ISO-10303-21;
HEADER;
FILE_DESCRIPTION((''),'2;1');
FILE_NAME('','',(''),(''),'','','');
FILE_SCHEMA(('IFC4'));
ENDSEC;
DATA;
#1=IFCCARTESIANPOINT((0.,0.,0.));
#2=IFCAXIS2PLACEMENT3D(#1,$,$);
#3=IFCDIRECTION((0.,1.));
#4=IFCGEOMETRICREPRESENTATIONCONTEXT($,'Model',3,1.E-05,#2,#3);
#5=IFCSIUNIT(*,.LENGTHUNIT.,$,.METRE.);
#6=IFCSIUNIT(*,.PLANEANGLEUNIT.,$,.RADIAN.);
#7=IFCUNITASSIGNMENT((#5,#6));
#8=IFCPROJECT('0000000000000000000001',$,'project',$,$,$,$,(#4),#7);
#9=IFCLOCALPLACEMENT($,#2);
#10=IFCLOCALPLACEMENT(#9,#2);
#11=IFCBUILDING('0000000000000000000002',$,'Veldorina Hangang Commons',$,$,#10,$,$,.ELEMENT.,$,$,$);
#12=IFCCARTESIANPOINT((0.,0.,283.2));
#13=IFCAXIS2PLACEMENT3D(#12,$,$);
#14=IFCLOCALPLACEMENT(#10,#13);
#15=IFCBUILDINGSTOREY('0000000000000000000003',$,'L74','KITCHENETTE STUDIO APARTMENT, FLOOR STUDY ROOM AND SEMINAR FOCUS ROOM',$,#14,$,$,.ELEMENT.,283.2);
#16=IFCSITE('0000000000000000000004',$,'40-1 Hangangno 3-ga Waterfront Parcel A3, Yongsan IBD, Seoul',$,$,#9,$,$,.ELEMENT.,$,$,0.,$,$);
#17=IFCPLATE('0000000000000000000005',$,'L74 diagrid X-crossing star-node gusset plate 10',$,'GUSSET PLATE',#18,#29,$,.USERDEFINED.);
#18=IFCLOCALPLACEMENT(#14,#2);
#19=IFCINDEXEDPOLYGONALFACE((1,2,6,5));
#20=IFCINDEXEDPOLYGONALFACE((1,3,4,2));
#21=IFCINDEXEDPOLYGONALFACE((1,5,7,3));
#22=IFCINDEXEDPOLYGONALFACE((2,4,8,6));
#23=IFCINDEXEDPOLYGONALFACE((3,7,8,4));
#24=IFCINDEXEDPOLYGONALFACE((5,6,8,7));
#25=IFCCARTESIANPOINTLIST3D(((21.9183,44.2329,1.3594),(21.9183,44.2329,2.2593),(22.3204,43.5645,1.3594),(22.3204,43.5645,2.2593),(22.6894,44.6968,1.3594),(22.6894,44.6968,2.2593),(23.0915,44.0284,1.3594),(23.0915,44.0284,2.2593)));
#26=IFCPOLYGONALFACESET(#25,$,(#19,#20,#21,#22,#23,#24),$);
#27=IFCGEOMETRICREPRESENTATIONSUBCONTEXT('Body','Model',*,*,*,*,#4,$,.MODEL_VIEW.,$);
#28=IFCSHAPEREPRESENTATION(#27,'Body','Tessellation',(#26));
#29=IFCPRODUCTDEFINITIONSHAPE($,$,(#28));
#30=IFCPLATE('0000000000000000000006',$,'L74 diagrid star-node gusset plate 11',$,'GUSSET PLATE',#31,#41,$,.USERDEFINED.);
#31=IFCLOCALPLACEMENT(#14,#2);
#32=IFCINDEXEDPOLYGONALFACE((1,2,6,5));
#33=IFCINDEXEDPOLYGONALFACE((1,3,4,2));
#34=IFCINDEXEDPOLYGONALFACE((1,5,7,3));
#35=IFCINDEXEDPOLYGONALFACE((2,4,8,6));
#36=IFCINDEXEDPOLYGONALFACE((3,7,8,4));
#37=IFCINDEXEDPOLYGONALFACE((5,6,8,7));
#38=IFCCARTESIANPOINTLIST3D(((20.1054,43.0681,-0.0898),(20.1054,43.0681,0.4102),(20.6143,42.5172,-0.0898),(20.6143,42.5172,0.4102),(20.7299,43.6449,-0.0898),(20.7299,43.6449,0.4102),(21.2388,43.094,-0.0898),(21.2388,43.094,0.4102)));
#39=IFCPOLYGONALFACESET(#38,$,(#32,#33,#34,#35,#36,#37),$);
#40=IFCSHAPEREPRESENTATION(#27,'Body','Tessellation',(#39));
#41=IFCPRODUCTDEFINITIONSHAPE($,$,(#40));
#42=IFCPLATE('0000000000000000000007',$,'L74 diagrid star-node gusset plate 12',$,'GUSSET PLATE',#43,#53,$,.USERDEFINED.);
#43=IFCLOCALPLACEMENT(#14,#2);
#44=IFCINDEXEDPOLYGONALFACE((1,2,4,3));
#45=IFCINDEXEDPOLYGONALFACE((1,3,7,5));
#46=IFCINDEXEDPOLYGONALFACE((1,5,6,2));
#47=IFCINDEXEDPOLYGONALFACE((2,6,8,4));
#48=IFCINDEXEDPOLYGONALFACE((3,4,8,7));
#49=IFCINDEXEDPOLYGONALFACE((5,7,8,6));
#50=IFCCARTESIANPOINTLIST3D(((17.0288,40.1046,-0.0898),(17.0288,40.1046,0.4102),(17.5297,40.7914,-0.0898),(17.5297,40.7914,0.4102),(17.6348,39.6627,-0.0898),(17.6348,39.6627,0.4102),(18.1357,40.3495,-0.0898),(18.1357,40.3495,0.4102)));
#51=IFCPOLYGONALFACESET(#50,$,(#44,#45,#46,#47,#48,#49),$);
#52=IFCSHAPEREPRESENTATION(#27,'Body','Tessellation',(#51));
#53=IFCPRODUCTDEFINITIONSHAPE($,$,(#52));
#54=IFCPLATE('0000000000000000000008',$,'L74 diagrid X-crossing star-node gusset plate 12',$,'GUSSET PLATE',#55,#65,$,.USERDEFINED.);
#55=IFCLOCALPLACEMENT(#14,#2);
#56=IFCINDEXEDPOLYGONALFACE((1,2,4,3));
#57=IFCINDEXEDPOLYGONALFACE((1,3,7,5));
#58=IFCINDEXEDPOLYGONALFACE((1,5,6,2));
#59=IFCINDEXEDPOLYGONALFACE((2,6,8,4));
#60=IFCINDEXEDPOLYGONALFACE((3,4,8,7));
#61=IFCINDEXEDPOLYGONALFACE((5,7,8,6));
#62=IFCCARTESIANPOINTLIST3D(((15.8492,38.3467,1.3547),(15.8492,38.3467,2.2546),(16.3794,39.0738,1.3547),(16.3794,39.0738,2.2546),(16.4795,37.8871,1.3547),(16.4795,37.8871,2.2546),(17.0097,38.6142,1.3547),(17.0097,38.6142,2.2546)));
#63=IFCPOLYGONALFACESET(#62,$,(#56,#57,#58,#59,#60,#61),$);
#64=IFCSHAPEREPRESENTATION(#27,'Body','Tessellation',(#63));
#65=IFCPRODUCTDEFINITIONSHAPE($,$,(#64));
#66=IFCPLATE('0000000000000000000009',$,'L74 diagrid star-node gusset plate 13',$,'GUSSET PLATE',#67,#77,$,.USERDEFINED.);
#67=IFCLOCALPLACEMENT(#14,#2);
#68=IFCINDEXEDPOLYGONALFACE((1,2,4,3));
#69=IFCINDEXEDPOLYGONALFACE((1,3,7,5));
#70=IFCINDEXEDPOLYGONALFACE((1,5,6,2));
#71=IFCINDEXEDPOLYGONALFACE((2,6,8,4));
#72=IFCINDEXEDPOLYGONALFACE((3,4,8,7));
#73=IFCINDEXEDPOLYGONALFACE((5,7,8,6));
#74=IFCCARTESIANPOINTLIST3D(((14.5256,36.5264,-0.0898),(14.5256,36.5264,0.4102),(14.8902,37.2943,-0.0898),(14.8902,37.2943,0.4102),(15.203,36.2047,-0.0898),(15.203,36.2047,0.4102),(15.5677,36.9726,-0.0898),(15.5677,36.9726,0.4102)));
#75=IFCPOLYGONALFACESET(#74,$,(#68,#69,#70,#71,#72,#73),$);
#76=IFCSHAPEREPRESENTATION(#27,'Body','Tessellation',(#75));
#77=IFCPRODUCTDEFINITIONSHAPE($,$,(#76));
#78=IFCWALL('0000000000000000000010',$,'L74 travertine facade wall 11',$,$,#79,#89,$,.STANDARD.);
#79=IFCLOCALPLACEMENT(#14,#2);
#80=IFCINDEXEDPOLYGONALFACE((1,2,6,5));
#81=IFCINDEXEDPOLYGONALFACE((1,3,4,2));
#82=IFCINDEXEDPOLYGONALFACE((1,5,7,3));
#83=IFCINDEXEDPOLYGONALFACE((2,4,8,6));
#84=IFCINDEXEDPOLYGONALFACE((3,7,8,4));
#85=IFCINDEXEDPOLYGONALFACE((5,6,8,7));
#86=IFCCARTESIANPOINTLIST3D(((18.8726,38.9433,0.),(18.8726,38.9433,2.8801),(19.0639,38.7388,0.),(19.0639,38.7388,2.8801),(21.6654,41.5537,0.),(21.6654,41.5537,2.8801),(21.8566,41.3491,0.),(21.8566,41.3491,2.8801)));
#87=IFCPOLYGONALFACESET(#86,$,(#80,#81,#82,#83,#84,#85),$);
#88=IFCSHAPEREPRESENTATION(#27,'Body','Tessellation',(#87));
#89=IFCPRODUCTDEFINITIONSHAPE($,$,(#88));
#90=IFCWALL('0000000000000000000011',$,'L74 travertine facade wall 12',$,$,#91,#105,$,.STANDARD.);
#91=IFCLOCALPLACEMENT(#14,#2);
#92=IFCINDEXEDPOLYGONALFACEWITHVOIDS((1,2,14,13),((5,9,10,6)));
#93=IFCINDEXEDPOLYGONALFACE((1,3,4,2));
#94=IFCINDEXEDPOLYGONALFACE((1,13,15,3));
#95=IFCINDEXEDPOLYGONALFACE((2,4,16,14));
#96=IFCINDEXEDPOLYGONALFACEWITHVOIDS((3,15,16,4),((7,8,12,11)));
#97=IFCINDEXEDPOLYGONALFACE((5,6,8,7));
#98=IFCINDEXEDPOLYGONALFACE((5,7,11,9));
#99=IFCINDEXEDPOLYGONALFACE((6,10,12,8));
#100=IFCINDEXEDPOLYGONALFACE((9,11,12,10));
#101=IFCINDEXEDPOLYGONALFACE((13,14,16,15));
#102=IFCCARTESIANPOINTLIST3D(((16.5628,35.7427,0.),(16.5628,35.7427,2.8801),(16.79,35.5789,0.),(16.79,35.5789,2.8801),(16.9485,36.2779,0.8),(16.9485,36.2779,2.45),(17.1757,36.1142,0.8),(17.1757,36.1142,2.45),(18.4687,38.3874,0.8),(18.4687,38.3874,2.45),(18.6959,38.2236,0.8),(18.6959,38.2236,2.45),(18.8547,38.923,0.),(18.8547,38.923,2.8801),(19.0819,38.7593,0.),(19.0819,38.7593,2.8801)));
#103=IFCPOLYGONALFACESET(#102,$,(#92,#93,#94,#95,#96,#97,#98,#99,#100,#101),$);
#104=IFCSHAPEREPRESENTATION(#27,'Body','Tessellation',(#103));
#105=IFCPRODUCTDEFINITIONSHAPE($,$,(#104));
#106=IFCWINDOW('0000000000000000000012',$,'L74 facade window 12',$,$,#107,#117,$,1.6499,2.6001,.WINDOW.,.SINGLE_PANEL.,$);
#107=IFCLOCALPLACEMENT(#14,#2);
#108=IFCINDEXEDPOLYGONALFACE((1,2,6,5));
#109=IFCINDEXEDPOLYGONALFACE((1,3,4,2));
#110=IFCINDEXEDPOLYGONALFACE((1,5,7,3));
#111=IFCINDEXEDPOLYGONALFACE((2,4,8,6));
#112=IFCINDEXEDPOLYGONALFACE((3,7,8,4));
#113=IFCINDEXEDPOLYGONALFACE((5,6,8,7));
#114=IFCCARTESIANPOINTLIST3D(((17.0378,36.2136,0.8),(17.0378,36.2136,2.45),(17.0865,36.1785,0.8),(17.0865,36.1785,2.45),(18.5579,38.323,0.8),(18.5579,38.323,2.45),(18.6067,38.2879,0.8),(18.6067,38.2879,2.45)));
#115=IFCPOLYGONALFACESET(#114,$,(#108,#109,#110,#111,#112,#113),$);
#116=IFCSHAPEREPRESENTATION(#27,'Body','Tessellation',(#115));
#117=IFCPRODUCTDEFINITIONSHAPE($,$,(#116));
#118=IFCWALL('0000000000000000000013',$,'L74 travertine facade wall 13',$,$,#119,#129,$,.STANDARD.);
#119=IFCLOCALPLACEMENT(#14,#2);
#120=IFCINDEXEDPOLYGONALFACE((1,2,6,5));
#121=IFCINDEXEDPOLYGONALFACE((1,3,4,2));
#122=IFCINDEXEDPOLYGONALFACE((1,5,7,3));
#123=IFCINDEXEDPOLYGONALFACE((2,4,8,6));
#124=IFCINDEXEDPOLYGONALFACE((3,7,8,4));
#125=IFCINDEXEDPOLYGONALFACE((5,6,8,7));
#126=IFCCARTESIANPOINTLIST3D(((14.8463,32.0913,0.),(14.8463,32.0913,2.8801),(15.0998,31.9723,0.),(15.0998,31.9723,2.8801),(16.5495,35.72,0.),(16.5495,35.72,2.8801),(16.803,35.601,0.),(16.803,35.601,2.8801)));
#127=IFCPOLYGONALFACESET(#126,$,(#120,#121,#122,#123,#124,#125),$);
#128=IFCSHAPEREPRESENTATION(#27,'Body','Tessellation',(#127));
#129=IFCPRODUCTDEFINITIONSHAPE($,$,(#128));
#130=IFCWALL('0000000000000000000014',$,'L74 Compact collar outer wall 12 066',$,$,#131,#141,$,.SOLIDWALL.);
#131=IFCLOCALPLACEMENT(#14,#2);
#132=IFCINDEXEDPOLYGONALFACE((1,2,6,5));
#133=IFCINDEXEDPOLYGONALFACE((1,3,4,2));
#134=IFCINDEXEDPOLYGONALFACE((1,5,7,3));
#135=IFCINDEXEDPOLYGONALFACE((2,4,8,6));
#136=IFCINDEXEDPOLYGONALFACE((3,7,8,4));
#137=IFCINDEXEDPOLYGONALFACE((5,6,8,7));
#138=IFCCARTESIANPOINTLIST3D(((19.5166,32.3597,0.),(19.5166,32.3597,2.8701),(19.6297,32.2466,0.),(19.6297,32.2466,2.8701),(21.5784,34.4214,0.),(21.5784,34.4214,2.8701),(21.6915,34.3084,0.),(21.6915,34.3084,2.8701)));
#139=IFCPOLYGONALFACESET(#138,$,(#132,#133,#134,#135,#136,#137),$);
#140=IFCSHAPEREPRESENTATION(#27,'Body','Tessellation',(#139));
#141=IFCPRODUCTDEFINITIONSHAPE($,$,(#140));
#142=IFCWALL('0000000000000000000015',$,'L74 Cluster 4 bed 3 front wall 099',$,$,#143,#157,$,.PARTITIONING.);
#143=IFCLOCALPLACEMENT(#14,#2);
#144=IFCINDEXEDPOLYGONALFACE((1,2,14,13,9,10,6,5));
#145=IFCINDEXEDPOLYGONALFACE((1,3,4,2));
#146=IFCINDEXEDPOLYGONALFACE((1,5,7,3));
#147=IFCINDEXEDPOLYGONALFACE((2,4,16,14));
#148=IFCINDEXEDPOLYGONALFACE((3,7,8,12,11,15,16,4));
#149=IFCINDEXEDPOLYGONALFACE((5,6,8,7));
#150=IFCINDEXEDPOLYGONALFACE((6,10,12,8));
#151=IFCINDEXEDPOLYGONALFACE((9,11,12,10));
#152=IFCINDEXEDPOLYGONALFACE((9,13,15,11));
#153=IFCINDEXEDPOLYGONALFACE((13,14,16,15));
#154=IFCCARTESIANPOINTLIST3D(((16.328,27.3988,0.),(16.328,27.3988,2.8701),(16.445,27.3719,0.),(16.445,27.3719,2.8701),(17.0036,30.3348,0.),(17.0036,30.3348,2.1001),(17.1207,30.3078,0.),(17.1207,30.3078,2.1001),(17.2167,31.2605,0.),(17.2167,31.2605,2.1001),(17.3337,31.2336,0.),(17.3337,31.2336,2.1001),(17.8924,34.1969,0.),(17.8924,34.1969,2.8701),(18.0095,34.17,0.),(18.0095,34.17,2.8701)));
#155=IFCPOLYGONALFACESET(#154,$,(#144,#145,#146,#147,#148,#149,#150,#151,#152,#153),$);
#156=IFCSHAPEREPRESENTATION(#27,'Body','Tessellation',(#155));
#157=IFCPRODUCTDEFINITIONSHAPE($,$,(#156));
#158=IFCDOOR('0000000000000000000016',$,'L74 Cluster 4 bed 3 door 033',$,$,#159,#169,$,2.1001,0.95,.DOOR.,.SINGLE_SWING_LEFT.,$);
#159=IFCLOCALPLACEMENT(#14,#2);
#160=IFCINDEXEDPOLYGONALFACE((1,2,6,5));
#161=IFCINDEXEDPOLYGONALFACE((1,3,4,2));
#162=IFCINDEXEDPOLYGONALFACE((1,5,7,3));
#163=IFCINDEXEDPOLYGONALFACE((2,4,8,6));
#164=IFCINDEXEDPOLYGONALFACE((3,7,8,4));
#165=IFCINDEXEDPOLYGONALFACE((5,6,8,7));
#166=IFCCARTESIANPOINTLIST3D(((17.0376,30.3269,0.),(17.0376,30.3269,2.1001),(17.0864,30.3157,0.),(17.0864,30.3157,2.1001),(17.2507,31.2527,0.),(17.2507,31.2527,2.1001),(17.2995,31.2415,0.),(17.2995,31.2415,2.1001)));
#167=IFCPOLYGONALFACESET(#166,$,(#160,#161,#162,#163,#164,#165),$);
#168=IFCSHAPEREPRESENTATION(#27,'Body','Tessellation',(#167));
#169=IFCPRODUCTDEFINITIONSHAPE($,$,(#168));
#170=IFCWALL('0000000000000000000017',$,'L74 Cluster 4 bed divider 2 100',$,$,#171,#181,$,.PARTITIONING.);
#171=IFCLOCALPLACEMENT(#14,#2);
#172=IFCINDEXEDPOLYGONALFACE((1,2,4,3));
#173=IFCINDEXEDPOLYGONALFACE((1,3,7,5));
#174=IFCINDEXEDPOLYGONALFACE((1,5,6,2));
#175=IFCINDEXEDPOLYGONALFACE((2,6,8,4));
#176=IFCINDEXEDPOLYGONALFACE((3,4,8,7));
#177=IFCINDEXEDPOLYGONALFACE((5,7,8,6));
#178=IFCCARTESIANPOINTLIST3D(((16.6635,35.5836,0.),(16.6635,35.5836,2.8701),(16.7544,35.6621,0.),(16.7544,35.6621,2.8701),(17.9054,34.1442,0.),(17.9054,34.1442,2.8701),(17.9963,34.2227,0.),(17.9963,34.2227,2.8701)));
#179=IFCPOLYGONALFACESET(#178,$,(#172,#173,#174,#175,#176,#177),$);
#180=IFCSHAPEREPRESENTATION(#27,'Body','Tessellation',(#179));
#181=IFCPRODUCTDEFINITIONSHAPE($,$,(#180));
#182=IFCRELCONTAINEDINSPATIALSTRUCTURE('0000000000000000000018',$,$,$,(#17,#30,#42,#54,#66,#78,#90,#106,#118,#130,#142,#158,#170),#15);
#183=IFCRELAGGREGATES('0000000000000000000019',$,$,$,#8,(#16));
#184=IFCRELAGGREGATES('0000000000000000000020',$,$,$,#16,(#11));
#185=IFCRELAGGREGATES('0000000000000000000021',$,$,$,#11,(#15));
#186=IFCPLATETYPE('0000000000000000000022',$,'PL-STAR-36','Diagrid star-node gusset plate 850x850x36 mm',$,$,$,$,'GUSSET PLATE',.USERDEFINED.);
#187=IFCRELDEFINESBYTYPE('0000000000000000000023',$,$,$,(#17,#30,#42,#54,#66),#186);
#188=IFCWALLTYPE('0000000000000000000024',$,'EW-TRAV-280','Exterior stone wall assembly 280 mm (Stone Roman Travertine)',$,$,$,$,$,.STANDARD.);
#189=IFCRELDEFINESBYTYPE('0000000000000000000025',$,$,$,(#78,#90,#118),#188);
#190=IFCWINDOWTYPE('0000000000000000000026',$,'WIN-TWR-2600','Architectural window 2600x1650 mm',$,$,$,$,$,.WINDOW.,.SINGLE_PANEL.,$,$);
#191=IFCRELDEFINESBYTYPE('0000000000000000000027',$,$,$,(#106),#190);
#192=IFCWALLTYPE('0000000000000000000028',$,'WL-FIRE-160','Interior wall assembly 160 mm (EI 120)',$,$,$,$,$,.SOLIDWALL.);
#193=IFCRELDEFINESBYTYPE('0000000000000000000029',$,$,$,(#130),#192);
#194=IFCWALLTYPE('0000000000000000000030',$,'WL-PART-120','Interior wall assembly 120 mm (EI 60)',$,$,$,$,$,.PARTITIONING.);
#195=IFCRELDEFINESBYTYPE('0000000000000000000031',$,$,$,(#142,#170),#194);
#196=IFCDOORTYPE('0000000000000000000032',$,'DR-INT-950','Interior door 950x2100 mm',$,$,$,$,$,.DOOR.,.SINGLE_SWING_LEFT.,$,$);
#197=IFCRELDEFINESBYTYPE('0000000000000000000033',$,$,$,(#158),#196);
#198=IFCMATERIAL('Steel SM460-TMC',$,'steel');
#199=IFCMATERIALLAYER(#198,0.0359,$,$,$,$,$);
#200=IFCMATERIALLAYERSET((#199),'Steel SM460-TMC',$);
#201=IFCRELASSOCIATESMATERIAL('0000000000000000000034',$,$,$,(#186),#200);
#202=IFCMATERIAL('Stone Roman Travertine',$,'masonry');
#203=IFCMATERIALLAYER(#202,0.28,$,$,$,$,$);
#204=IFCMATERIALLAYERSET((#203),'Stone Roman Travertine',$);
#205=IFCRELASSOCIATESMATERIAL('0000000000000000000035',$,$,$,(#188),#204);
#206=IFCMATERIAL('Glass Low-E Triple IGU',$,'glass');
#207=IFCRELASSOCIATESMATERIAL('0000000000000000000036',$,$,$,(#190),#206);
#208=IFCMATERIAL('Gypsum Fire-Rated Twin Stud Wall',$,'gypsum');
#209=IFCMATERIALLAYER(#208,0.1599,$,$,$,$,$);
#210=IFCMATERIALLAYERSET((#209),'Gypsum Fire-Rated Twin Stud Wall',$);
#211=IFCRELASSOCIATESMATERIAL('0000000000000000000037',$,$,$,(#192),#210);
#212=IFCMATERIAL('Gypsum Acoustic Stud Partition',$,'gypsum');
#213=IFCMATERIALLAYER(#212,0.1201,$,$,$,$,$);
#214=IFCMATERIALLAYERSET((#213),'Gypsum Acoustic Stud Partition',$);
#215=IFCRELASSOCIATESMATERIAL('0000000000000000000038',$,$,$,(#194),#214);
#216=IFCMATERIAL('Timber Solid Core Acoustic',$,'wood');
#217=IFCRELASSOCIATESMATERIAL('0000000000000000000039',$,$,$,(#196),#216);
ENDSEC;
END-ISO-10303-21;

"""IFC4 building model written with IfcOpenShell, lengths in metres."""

from ifc_helpers import new_model, si_unit, direction, frame, frame_2d, origin, origin_2d, place, context, subcontext, project, spatial, rectangle, extrude, material, layer, layer_set, type_object, element, fill, save


model = new_model("IFC4")

# Units and contexts
model_context = context("Model", 3, precision=1e-05, world=origin(), true_north=direction((0.0, 1.0)))
body_context = subcontext(model_context, "Body", "Model", "MODEL_VIEW")
ifc_project = project(units=[si_unit("LENGTHUNIT", "METRE"), si_unit("PLANEANGLEUNIT", "RADIAN")], contexts=[model_context])

# Site, building, storey
site_placement = place(None, origin())
site = spatial("IfcSite", under=ifc_project, at=site_placement, Name="40-1 Hangangno 3-ga Waterfront Parcel A3, Yongsan IBD, Seoul", CompositionType="ELEMENT", RefElevation=0.0)
building_placement = place(site_placement, origin())
building = spatial("IfcBuilding", under=site, at=building_placement, Name="Veldorina Hangang Commons", CompositionType="ELEMENT")
storey_placement = place(building_placement, frame((0.0, 0.0, 283.2)))
storey = spatial("IfcBuildingStorey", under=building, at=storey_placement, Name="L74", Description="KITCHENETTE STUDIO APARTMENT, FLOOR STUDY ROOM AND SEMINAR FOCUS ROOM", CompositionType="ELEMENT", Elevation=283.2)

# Plates
ifc_material_1 = material(Name="Steel SM460-TMC", Category="steel")
ifc_layer_1 = layer(ifc_material_1, 0.0359)
ifc_layer_set_1 = layer_set([ifc_layer_1], Name="Steel SM460-TMC")
plate_type = type_object("IfcPlateType", Name="PL-STAR-36", Description="Diagrid star-node gusset plate 850x850x36 mm", ElementType="GUSSET PLATE", PredefinedType="USERDEFINED", material=ifc_layer_set_1)
plate_1_placement = place(storey_placement, frame((22.5049, 44.1306, 1.3594), z_axis=(0.0, 0.0, 1.0), x_axis=(-0.856898, -0.515487, 0.0)))
element("IfcPlate", 1, at=plate_1_placement, inside=storey, type_object=plate_type, Name="L74 diagrid X-crossing star-node gusset plate 10", ObjectType="GUSSET PLATE", PredefinedType="USERDEFINED", context=body_context, shape_type="SweptSolid", body=[
    extrude(rectangle(XDim=0.8999, YDim=0.78, at=origin_2d()), origin(), (0.0, 0.0, 1.0), 0.8999),
])
for number, where, z_axis, x_axis, name in (
    (2, (20.6721, 43.0811, -0.0898), (0.0, 0.0, 1.0), (-0.734583, -0.678519, 0.0), "L74 diagrid star-node gusset plate 11"),
    (3, (17.5823, 40.2271, -0.0898), (0.0, 0.0, 1.0), (-0.589182, -0.808, 0.0), "L74 diagrid star-node gusset plate 12"),
):
    element("IfcPlate", number, at=place(storey_placement, frame(where, z_axis=z_axis, x_axis=x_axis)), inside=storey, type_object=plate_type, Name=name, ObjectType="GUSSET PLATE", PredefinedType="USERDEFINED", context=body_context, shape_type="SweptSolid", body=[
        extrude(rectangle(XDim=0.8501, YDim=0.75, at=origin_2d()), origin(), (0.0, 0.0, 1.0), 0.5),
    ])
plate_2_placement = place(storey_placement, frame((16.4294, 38.4805, 1.3547), z_axis=(0.0, 0.0, 1.0), x_axis=(-0.589182, -0.808, 0.0)))
element("IfcPlate", 4, at=plate_2_placement, inside=storey, type_object=plate_type, Name="L74 diagrid X-crossing star-node gusset plate 12", ObjectType="GUSSET PLATE", PredefinedType="USERDEFINED", context=body_context, shape_type="SweptSolid", body=[
    extrude(rectangle(XDim=0.8999, YDim=0.78, at=origin_2d()), origin(), (0.0, 0.0, 1.0), 0.8999),
])
plate_3_placement = place(storey_placement, frame((15.0466, 36.7495, -0.0898), z_axis=(0.0, 0.0, 1.0), x_axis=(-0.428982, -0.903313, 0.0)))
element("IfcPlate", 5, at=plate_3_placement, inside=storey, type_object=plate_type, Name="L74 diagrid star-node gusset plate 13", ObjectType="GUSSET PLATE", PredefinedType="USERDEFINED", context=body_context, shape_type="SweptSolid", body=[
    extrude(rectangle(XDim=0.8501, YDim=0.75, at=origin_2d()), origin(), (0.0, 0.0, 1.0), 0.5),
])

# Wall
ifc_material_2 = material(Name="Stone Roman Travertine", Category="masonry")
ifc_layer_2 = layer(ifc_material_2, 0.28)
ifc_layer_set_2 = layer_set([ifc_layer_2], Name="Stone Roman Travertine")
wall_type_1 = type_object("IfcWallType", Name="EW-TRAV-280", Description="Exterior stone wall assembly 280 mm (Stone Roman Travertine)", PredefinedType="STANDARD", material=ifc_layer_set_2)
wall_1_placement = place(storey_placement, frame((21.761, 41.4514, 0.0), z_axis=(0.0, 0.0, 1.0), x_axis=(-0.730558, -0.682851, 0.0)))
element("IfcWall", 6, at=wall_1_placement, inside=storey, type_object=wall_type_1, Name="L74 travertine facade wall 11", PredefinedType="STANDARD", context=body_context, shape_type="SweptSolid", body=[
    extrude(rectangle(XDim=3.8228, YDim=0.28, at=frame_2d((1.9114, 0.0))), origin(), (0.0, 0.0, 1.0), 2.8801),
])

# Wall, opening, window
wall_2_placement = place(storey_placement, frame((18.9683, 38.8411, 0.0), z_axis=(0.0, 0.0, 1.0), x_axis=(-0.584656, -0.811281, 0.0)))
wall_2 = element("IfcWall", 7, at=wall_2_placement, inside=storey, type_object=wall_type_1, Name="L74 travertine facade wall 12", PredefinedType="STANDARD", context=body_context, shape_type="SweptSolid", body=[
    extrude(rectangle(XDim=3.9202, YDim=0.28, at=frame_2d((1.96, 0.0))), origin(), (0.0, 0.0, 1.0), 2.8801),
])
opening_1_placement = place(wall_2_placement, frame((0.6602, 0.0, 0.8)))
opening_1 = element("IfcOpeningElement", 8, at=opening_1_placement, cuts=wall_2, PredefinedType="OPENING", context=body_context, shape_type="SweptSolid", body=[
    extrude(rectangle(XDim=2.6001, YDim=1.6499, at=frame_2d((1.3, 0.825))), frame((0.0, 0.1499, 0.0), z_axis=(0.0, -1.0, 0.0), x_axis=(1.0, 0.0, 0.0)), (0.0, 0.0, 1.0), 0.3),
])
ifc_material_3 = material(Name="Glass Low-E Triple IGU", Category="glass")
window_type = type_object("IfcWindowType", Name="WIN-TWR-2600", Description="Architectural window 2600x1650 mm", PartitioningType="SINGLE_PANEL", PredefinedType="WINDOW", material=ifc_material_3)
window_placement = place(opening_1_placement, origin())
window = element("IfcWindow", 9, at=window_placement, inside=storey, type_object=window_type, Name="L74 facade window 12", OverallHeight=1.6499, OverallWidth=2.6001, PartitioningType="SINGLE_PANEL", PredefinedType="WINDOW", context=body_context, shape_type="SweptSolid", body=[
    extrude(rectangle(XDim=2.6001, YDim=1.6499, at=frame_2d((1.3, 0.825))), frame((0.0, 0.03, 0.0), z_axis=(0.0, -1.0, 0.0), x_axis=(1.0, 0.0, 0.0)), (0.0, 0.0, 1.0), 0.0601),
])
fill(opening_1, window)

# Walls
wall_3_placement = place(storey_placement, frame((16.6763, 35.6606, 0.0), z_axis=(0.0, 0.0, 1.0), x_axis=(-0.424882, -0.905249, 0.0)))
element("IfcWall", 10, at=wall_3_placement, inside=storey, type_object=wall_type_1, Name="L74 travertine facade wall 13", PredefinedType="STANDARD", context=body_context, shape_type="SweptSolid", body=[
    extrude(rectangle(XDim=4.0085, YDim=0.28, at=frame_2d((2.0044, 0.0))), origin(), (0.0, 0.0, 1.0), 2.8801),
])
ifc_material_4 = material(Name="Gypsum Fire-Rated Twin Stud Wall", Category="gypsum")
ifc_layer_3 = layer(ifc_material_4, 0.1599)
ifc_layer_set_3 = layer_set([ifc_layer_3], Name="Gypsum Fire-Rated Twin Stud Wall")
wall_type_2 = type_object("IfcWallType", Name="WL-FIRE-160", Description="Interior wall assembly 160 mm (EI 120)", PredefinedType="SOLIDWALL", material=ifc_layer_set_3)
wall_4_placement = place(storey_placement, frame((21.635, 34.365, 0.0), z_axis=(0.0, 0.0, 1.0), x_axis=(-0.707107, -0.707107, 0.0)))
element("IfcWall", 11, at=wall_4_placement, inside=storey, type_object=wall_type_2, Name="L74 Compact collar outer wall 12 066", PredefinedType="SOLIDWALL", context=body_context, shape_type="SweptSolid", body=[
    extrude(rectangle(XDim=2.9158, YDim=0.1599, at=frame_2d((1.458, 0.0))), origin(), (0.0, 0.0, 1.0), 2.8701),
])

# Wall, opening, door
ifc_material_5 = material(Name="Gypsum Acoustic Stud Partition", Category="gypsum")
ifc_layer_4 = layer(ifc_material_5, 0.1201)
ifc_layer_set_4 = layer_set([ifc_layer_4], Name="Gypsum Acoustic Stud Partition")
wall_type_3 = type_object("IfcWallType", Name="WL-PART-120", Description="Interior wall assembly 120 mm (EI 60)", PredefinedType="PARTITIONING", material=ifc_layer_set_4)
wall_5_placement = place(storey_placement, frame((17.9509, 34.1833, 0.0), z_axis=(0.0, 0.0, 1.0), x_axis=(-0.224269, -0.974527, 0.0)))
wall_5 = element("IfcWall", 12, at=wall_5_placement, inside=storey, type_object=wall_type_3, Name="L74 Cluster 4 bed 3 front wall 099", PredefinedType="PARTITIONING", context=body_context, shape_type="SweptSolid", body=[
    extrude(rectangle(XDim=6.9758, YDim=0.1201, at=frame_2d((3.4878, 0.0))), origin(), (0.0, 0.0, 1.0), 2.8701),
])
opening_2_placement = place(wall_5_placement, frame((3.0129, 0.0, 0.0)))
opening_2 = element("IfcOpeningElement", 13, at=opening_2_placement, cuts=wall_5, PredefinedType="OPENING", context=body_context, shape_type="SweptSolid", body=[
    extrude(rectangle(XDim=0.95, YDim=2.1001, at=frame_2d((0.4751, 1.05))), frame((0.0, 0.0701, 0.0), z_axis=(0.0, -1.0, 0.0), x_axis=(1.0, 0.0, 0.0)), (0.0, 0.0, 1.0), 0.1401),
])
ifc_material_6 = material(Name="Timber Solid Core Acoustic", Category="wood")
door_type = type_object("IfcDoorType", Name="DR-INT-950", Description="Interior door 950x2100 mm", OperationType="SINGLE_SWING_LEFT", PredefinedType="DOOR", material=ifc_material_6)
door_placement = place(opening_2_placement, origin())
door = element("IfcDoor", 14, at=door_placement, inside=storey, type_object=door_type, Name="L74 Cluster 4 bed 3 door 033", OperationType="SINGLE_SWING_LEFT", OverallHeight=2.1001, OverallWidth=0.95, PredefinedType="DOOR", context=body_context, shape_type="SweptSolid", body=[
    extrude(rectangle(XDim=0.95, YDim=2.1001, at=frame_2d((0.4751, 1.05))), frame((0.0, 0.0249, 0.0), z_axis=(0.0, -1.0, 0.0), x_axis=(1.0, 0.0, 0.0)), (0.0, 0.0, 1.0), 0.05),
])
fill(opening_2, door)

# Wall
wall_6_placement = place(storey_placement, frame((17.9509, 34.1833, 0.0), z_axis=(0.0, 0.0, 1.0), x_axis=(-0.653252, 0.757141, 0.0)))
element("IfcWall", 15, at=wall_6_placement, inside=storey, type_object=wall_type_3, Name="L74 Cluster 4 bed divider 2 100", PredefinedType="PARTITIONING", context=body_context, shape_type="SweptSolid", body=[
    extrude(rectangle(XDim=1.9011, YDim=0.1201, at=frame_2d((0.9507, 0.0))), origin(), (0.0, 0.0, 1.0), 2.8701),
])

save(model, "model.ifc")
